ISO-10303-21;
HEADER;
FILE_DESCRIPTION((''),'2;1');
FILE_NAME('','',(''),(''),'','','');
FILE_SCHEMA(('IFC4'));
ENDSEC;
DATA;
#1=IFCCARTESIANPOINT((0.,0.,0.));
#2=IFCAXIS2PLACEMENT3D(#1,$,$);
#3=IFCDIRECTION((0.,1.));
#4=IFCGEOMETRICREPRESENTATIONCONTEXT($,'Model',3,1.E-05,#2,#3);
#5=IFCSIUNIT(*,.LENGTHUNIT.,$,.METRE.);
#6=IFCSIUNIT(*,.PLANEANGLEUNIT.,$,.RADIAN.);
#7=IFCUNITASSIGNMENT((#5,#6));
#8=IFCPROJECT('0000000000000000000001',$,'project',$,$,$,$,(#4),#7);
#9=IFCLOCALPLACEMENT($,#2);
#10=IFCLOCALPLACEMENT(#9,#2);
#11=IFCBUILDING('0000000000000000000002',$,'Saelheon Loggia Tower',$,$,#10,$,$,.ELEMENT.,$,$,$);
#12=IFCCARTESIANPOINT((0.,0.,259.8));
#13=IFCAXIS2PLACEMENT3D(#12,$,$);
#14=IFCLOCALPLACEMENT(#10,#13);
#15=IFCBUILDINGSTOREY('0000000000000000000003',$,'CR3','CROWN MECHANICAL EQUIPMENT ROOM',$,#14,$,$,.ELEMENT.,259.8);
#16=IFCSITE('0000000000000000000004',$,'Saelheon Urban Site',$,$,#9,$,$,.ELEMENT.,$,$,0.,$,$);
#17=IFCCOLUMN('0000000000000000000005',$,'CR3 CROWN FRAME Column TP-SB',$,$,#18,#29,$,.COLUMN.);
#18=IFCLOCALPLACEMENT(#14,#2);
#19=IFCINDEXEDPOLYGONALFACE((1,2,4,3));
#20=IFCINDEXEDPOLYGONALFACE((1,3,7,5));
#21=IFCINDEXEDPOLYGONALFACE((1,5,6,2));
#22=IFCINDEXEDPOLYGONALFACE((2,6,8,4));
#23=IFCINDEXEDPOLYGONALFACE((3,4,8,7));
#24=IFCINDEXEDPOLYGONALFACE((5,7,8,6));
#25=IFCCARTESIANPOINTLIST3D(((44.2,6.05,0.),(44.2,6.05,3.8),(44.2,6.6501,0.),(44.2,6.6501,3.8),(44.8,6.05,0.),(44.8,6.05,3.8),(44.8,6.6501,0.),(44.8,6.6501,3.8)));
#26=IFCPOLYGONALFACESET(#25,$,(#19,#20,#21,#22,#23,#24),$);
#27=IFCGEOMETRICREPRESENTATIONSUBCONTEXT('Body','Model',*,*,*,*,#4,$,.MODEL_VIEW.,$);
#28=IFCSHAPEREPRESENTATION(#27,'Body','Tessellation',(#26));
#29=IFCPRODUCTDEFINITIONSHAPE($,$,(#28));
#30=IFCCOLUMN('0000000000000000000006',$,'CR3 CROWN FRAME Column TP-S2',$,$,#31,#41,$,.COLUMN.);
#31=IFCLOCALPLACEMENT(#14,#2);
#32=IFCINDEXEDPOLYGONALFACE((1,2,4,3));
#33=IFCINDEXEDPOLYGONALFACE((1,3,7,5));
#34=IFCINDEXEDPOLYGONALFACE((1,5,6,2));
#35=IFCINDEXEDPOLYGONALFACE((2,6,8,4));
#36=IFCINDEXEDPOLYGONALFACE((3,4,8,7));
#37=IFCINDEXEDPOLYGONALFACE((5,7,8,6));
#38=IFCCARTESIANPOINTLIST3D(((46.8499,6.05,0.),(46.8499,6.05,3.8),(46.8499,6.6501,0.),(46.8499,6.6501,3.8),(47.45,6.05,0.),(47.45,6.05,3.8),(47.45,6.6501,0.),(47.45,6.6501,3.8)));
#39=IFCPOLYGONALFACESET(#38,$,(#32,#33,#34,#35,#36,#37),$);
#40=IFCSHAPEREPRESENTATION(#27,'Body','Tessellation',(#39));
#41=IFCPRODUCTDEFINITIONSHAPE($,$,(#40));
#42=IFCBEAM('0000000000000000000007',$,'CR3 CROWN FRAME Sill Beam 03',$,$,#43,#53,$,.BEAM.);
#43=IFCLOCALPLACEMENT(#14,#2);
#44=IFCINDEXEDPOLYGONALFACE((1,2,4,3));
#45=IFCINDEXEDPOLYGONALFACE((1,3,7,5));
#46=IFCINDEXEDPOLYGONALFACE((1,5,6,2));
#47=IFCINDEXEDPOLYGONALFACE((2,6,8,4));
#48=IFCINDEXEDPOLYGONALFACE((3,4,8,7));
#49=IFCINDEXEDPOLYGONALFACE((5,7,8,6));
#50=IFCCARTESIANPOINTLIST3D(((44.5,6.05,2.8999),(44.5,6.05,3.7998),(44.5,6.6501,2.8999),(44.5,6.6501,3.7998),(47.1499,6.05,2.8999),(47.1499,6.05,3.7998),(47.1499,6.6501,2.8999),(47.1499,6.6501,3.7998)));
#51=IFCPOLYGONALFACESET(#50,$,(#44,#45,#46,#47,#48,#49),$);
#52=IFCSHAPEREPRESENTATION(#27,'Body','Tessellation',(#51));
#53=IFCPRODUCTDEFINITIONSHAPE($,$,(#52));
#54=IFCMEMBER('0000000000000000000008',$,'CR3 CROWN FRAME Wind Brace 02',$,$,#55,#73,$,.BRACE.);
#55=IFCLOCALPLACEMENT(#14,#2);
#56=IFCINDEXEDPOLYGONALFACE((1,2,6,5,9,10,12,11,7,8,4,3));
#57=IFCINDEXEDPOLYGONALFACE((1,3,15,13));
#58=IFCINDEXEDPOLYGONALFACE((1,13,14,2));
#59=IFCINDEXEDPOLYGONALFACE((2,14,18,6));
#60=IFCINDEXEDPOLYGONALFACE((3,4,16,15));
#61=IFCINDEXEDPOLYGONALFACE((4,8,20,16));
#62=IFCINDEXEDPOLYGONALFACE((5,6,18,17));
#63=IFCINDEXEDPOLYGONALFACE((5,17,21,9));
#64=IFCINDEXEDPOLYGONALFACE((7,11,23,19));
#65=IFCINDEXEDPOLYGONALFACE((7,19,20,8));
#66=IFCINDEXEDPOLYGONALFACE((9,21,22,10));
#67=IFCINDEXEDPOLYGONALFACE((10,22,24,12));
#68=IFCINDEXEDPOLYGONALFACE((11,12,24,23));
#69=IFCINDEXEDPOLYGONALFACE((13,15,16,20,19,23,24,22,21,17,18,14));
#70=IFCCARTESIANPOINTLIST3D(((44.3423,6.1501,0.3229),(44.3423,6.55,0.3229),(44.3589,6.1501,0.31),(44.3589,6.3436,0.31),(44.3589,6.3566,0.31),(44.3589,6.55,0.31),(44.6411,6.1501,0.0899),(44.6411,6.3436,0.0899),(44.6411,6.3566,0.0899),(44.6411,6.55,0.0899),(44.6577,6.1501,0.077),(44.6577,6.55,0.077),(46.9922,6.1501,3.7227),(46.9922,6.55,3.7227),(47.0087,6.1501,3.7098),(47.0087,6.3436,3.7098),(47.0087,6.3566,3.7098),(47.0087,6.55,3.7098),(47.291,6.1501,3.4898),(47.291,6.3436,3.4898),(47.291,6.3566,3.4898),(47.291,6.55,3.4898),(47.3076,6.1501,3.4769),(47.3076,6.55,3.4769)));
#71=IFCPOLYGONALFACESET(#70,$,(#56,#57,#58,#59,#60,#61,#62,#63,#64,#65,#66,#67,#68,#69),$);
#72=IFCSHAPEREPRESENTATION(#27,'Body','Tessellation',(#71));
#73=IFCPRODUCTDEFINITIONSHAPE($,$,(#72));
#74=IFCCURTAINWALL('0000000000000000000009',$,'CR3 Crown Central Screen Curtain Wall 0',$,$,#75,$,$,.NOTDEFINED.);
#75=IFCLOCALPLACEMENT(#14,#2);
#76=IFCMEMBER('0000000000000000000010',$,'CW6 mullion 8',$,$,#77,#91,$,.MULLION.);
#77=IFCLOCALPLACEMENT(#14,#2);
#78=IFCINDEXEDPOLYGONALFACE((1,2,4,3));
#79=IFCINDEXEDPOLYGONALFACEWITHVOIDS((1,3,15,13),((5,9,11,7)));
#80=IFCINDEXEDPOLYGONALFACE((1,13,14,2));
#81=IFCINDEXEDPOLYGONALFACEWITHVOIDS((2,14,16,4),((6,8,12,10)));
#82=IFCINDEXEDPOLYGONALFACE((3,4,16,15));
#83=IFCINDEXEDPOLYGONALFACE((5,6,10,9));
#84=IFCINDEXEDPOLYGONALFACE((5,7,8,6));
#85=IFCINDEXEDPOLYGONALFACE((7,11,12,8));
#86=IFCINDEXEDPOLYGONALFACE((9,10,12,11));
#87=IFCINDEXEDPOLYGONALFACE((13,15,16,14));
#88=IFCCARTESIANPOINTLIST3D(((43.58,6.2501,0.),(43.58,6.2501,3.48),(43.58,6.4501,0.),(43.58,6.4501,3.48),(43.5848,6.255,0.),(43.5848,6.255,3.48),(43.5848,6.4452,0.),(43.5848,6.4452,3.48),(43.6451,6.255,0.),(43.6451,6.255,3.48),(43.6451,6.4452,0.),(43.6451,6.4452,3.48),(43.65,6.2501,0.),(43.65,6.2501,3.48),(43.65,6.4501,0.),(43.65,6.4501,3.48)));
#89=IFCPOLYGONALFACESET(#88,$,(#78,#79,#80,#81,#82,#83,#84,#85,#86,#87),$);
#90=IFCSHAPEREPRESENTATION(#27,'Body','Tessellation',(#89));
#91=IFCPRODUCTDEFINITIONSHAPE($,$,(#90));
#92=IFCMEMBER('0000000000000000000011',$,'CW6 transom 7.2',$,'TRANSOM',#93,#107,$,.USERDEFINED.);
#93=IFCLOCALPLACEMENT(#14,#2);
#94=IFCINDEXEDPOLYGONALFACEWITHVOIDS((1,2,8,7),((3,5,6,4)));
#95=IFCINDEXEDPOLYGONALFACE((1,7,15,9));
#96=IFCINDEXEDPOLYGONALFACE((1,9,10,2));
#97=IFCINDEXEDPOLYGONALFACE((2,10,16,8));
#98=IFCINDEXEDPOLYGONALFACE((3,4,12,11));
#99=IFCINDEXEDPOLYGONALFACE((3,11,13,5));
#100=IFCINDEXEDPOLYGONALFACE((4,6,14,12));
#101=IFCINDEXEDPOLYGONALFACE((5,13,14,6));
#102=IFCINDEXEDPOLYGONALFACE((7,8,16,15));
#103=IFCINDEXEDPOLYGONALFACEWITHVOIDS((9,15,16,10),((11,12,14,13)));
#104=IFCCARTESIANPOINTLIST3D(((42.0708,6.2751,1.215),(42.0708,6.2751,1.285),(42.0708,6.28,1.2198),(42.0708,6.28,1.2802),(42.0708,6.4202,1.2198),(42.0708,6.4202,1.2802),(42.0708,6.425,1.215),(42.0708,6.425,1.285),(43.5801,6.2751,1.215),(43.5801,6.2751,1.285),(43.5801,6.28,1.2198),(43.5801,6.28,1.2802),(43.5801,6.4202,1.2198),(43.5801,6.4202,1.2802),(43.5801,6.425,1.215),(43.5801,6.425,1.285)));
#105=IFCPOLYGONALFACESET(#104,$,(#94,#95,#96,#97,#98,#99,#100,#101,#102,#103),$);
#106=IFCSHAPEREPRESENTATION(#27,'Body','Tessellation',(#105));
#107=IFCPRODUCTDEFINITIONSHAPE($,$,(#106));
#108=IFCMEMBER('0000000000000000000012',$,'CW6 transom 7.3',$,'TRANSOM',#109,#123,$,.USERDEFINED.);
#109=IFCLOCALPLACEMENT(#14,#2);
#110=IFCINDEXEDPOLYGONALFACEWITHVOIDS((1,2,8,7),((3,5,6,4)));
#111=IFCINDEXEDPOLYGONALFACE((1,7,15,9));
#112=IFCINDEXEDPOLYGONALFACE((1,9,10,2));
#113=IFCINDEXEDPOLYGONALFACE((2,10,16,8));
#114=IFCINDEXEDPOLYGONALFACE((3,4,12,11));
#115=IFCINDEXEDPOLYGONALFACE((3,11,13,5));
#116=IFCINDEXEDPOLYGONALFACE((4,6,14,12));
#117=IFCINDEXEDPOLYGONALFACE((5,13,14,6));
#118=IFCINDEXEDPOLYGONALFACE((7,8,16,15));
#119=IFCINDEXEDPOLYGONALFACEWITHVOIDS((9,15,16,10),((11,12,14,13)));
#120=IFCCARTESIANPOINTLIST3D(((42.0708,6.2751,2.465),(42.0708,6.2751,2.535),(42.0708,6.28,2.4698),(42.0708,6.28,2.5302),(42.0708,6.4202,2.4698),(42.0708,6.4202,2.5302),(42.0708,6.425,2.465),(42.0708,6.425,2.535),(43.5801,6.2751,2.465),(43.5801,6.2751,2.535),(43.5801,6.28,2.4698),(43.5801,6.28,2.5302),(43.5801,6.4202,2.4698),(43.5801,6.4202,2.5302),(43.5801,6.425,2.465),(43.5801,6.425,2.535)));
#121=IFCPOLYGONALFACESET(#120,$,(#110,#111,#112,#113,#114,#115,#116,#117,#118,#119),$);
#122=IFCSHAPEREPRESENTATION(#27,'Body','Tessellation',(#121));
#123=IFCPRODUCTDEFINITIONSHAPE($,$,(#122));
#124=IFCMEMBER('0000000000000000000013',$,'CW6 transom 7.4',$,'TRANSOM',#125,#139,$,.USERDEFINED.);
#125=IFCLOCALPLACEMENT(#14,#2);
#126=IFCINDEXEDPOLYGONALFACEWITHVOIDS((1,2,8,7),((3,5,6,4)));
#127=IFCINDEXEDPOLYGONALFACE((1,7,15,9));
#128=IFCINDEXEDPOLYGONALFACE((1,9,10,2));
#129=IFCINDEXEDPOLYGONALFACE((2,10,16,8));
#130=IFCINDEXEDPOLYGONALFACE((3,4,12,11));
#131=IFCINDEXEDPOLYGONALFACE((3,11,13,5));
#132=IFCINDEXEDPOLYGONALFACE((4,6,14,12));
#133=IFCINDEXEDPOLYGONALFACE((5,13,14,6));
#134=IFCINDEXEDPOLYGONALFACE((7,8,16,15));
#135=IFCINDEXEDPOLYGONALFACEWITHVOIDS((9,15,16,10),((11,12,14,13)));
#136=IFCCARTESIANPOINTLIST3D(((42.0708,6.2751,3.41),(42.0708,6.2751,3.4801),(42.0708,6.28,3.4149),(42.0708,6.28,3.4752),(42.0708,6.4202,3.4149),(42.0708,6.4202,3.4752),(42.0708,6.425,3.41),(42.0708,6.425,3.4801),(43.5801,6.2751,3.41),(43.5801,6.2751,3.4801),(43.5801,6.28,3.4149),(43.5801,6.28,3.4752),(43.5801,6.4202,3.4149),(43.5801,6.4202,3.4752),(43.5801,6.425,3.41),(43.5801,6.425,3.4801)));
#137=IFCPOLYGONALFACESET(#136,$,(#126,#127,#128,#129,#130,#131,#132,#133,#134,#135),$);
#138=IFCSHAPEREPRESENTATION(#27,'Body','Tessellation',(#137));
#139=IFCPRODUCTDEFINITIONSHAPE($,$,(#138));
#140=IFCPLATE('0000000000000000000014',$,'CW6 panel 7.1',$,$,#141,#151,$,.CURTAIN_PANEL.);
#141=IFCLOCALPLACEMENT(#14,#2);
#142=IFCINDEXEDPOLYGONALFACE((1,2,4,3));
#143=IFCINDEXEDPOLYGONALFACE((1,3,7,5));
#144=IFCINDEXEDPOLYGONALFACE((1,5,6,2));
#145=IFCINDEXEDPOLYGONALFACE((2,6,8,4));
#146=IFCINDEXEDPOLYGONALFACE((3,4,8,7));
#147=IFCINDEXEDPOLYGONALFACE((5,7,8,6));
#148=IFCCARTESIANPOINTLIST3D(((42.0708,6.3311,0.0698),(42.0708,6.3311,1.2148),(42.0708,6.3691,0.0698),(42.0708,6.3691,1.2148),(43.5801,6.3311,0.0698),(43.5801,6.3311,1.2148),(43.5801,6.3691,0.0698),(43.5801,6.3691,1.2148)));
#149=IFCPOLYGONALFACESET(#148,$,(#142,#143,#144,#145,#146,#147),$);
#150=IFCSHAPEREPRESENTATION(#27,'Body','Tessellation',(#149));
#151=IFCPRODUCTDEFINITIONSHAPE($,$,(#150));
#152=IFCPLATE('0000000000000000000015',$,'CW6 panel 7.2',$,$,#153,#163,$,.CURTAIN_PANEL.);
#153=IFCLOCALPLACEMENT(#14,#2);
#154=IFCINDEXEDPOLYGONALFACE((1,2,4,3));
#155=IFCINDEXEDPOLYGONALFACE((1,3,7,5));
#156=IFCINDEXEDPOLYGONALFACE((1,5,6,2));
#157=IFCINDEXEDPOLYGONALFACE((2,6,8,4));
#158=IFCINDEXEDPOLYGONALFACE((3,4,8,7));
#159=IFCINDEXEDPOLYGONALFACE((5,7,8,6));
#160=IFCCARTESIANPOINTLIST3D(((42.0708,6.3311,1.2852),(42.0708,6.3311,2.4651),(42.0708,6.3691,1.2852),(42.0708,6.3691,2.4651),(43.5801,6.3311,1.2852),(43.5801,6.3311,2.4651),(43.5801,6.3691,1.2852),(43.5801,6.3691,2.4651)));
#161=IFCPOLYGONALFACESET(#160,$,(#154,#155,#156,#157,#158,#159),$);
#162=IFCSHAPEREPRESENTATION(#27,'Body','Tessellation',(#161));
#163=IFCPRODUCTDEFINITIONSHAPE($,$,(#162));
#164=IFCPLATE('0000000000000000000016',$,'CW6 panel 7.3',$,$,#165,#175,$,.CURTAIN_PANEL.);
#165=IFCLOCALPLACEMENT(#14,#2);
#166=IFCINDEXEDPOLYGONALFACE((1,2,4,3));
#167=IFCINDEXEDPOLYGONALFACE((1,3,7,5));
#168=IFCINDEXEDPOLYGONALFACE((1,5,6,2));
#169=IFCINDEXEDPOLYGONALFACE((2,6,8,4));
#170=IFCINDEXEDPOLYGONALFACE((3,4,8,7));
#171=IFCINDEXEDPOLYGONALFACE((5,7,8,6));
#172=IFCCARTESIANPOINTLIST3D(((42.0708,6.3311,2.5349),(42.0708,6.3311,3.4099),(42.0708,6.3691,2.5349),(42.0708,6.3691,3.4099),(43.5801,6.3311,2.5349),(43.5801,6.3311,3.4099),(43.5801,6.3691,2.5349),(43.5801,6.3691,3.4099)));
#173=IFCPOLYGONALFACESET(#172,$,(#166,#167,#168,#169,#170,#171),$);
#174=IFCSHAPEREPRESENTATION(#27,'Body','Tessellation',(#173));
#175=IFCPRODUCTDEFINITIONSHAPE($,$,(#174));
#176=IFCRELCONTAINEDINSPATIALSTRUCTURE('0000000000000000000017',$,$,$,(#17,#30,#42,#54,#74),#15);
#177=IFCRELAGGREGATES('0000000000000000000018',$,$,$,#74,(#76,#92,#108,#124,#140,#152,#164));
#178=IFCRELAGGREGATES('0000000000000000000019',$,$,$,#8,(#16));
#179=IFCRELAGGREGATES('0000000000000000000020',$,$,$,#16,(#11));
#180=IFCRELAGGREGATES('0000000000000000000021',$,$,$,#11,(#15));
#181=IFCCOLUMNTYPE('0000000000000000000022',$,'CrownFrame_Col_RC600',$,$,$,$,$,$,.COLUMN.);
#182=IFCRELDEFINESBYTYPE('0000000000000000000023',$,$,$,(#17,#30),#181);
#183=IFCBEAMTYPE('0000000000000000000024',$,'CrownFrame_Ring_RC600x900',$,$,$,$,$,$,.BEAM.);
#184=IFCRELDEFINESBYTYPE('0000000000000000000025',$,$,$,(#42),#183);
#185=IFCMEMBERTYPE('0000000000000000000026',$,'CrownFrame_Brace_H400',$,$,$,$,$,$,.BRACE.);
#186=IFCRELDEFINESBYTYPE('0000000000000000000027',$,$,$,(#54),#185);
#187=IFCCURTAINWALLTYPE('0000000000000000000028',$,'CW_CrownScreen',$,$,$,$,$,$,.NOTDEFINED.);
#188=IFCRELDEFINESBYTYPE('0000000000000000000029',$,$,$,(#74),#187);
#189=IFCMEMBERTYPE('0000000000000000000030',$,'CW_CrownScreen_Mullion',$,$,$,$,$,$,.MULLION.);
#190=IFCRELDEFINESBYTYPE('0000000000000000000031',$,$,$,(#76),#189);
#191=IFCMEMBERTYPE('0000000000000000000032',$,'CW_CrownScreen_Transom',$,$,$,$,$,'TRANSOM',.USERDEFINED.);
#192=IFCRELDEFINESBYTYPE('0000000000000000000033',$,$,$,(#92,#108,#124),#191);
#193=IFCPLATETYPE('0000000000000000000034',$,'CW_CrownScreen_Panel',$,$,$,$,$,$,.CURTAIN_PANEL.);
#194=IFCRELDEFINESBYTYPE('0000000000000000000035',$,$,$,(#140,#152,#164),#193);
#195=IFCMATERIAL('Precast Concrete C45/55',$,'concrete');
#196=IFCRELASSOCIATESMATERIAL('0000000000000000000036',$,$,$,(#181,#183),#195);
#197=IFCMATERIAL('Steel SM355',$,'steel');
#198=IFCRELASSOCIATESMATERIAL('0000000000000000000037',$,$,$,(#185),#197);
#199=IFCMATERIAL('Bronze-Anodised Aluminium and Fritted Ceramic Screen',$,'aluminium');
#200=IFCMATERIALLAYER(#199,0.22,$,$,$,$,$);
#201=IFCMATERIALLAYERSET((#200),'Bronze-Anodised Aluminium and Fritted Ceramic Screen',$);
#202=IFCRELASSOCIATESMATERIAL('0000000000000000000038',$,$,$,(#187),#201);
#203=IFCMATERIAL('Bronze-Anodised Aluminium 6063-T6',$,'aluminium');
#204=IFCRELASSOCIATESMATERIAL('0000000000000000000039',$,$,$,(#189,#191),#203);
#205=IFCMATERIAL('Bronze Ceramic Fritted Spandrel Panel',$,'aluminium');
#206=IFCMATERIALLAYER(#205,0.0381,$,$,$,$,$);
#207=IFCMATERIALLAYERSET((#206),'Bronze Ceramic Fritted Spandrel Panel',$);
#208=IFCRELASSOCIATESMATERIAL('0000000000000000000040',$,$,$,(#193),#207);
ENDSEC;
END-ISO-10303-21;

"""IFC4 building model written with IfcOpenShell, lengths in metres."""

from ifc_helpers import new_model, si_unit, direction, frame, origin, origin_2d, place, context, subcontext, project, spatial, rectangle, hollow_rectangle, i_section, extrude, source, transform, mapped, material, layer, layer_set, material_profile, profile_set, type_object, element, aggregate, save


model = new_model("IFC4")

# Units and contexts
model_context = context("Model", 3, precision=1e-05, world=origin(), true_north=direction((0.0, 1.0)))
body_context = subcontext(model_context, "Body", "Model", "MODEL_VIEW")
ifc_project = project(units=[si_unit("LENGTHUNIT", "METRE"), si_unit("PLANEANGLEUNIT", "RADIAN")], contexts=[model_context])

# Site, building, storey
site_placement = place(None, origin())
site = spatial("IfcSite", under=ifc_project, at=site_placement, Name="Saelheon Urban Site", CompositionType="ELEMENT", RefElevation=0.0)
building_placement = place(site_placement, origin())
building = spatial("IfcBuilding", under=site, at=building_placement, Name="Saelheon Loggia Tower", CompositionType="ELEMENT")
storey_placement = place(building_placement, frame((0.0, 0.0, 259.8)))
storey = spatial("IfcBuildingStorey", under=building, at=storey_placement, Name="CR3", Description="CROWN MECHANICAL EQUIPMENT ROOM", CompositionType="ELEMENT", Elevation=259.8)

# Columns
ifc_material_1 = material(Name="Precast Concrete C45/55", Category="concrete")
ifc_material_profile_1 = material_profile(ifc_material_1, rectangle(XDim=0.6001, YDim=0.6001, at=origin_2d()), Name="RC-600x600")
ifc_profile_set_1 = profile_set([ifc_material_profile_1], Name="Precast Concrete C45/55")
column_type = type_object("IfcColumnType", Name="CrownFrame_Col_RC600", PredefinedType="COLUMN", material=ifc_profile_set_1)
shared_shape_1 = source(origin(), body_context, "Body", "SweptSolid", [
    extrude(rectangle(XDim=0.6001, YDim=0.6001, at=origin_2d()), origin(), (0.0, 0.0, 1.0), 3.8),
])
for number, where, z_axis, x_axis, name in (
    (1, (44.5, 6.3501, 0.0), (0.0, 0.0, 1.0), (1.0, 0.0, 0.0), "CR3 CROWN FRAME Column TP-SB"),
    (2, (47.1499, 6.3501, 0.0), (0.0, 0.0, 1.0), (1.0, 0.0, 0.0), "CR3 CROWN FRAME Column TP-S2"),
):
    element("IfcColumn", number, at=place(storey_placement, frame(where, z_axis=z_axis, x_axis=x_axis)), inside=storey, type_object=column_type, Name=name, PredefinedType="COLUMN", context=body_context, shape_type="MappedRepresentation", body=[
        mapped(shared_shape_1, transform((0.0, 0.0, 0.0), scale=1.0)),
    ])

# Beam
ifc_material_profile_2 = material_profile(ifc_material_1, rectangle(XDim=0.6001, YDim=0.8999, at=origin_2d()), Name="RC-600x900")
ifc_profile_set_2 = profile_set([ifc_material_profile_2], Name="Precast Concrete C45/55")
beam_type = type_object("IfcBeamType", Name="CrownFrame_Ring_RC600x900", PredefinedType="BEAM", material=ifc_profile_set_2)
shared_shape_2 = source(origin(), body_context, "Body", "SweptSolid", [
    extrude(rectangle(XDim=0.6001, YDim=0.8999, at=origin_2d()), origin(), (0.0, 0.0, 1.0), 2.6499),
])
beam_placement = place(storey_placement, frame((44.5, 6.3501, 3.3499), z_axis=(1.0, 0.0, 0.0), x_axis=(0.0, 1.0, 0.0)))
element("IfcBeam", 3, at=beam_placement, inside=storey, type_object=beam_type, Name="CR3 CROWN FRAME Sill Beam 03", PredefinedType="BEAM", context=body_context, shape_type="MappedRepresentation", body=[
    mapped(shared_shape_2, transform((0.0, 0.0, 0.0), scale=1.0)),
])

# Member
ifc_material_2 = material(Name="Steel SM355", Category="steel")
ifc_material_profile_3 = material_profile(ifc_material_2, i_section(OverallWidth=0.3999, OverallDepth=0.3999, WebThickness=0.0129, FlangeThickness=0.021, at=origin_2d()), Name="H-400x400x13x21")
ifc_profile_set_3 = profile_set([ifc_material_profile_3], Name="Steel SM355")
member_type_1 = type_object("IfcMemberType", Name="CrownFrame_Brace_H400", PredefinedType="BRACE", material=ifc_profile_set_3)
shared_shape_3 = source(origin(), body_context, "Body", "SweptSolid", [
    extrude(i_section(OverallWidth=0.3999, OverallDepth=0.3999, WebThickness=0.0129, FlangeThickness=0.021, at=origin_2d()), origin(), (0.0, 0.0, 1.0), 4.3105),
])
member_1_placement = place(storey_placement, frame((44.5, 6.3501, 0.2), z_axis=(0.61474, 0.0, 0.78873), x_axis=(0.0, 1.0, 0.0)))
element("IfcMember", 4, at=member_1_placement, inside=storey, type_object=member_type_1, Name="CR3 CROWN FRAME Wind Brace 02", PredefinedType="BRACE", context=body_context, shape_type="MappedRepresentation", body=[
    mapped(shared_shape_3, transform((0.0, 0.0, 0.0), scale=1.0)),
])

# Curtain wall, members, plates
ifc_material_3 = material(Name="Bronze-Anodised Aluminium and Fritted Ceramic Screen", Category="aluminium")
ifc_layer_1 = layer(ifc_material_3, 0.22)
ifc_layer_set_1 = layer_set([ifc_layer_1], Name="Bronze-Anodised Aluminium and Fritted Ceramic Screen")
curtain_wall_type = type_object("IfcCurtainWallType", Name="CW_CrownScreen", PredefinedType="NOTDEFINED", material=ifc_layer_set_1)
curtain_wall_placement = place(storey_placement, origin())
curtain_wall = element("IfcCurtainWall", 5, at=curtain_wall_placement, inside=storey, type_object=curtain_wall_type, Name="CR3 Crown Central Screen Curtain Wall 0", PredefinedType="NOTDEFINED")
ifc_material_4 = material(Name="Bronze-Anodised Aluminium 6063-T6", Category="aluminium")
ifc_material_profile_4 = material_profile(ifc_material_4, hollow_rectangle(XDim=0.0701, YDim=0.2, WallThickness=0.0049, at=origin_2d()), Name="RHS-200x70x5")
ifc_profile_set_4 = profile_set([ifc_material_profile_4], Name="Bronze-Anodised Aluminium 6063-T6")
member_type_2 = type_object("IfcMemberType", Name="CW_CrownScreen_Mullion", PredefinedType="MULLION", material=ifc_profile_set_4)
shared_shape_4 = source(origin(), body_context, "Body", "SweptSolid", [
    extrude(hollow_rectangle(XDim=0.0701, YDim=0.2, WallThickness=0.0049, at=origin_2d()), origin(), (0.0, 0.0, 1.0), 3.48),
])
member_2_placement = place(storey_placement, frame((43.615, 6.3501, 0.0), z_axis=(0.0, 0.0, 1.0), x_axis=(1.0, 0.0, 0.0)))
member_2 = element("IfcMember", 6, at=member_2_placement, type_object=member_type_2, Name="CW6 mullion 8", PredefinedType="MULLION", context=body_context, shape_type="MappedRepresentation", body=[
    mapped(shared_shape_4, transform((0.0, 0.0, 0.0), scale=1.0)),
])
ifc_material_profile_5 = material_profile(ifc_material_4, hollow_rectangle(XDim=0.0701, YDim=0.1499, WallThickness=0.0049, at=origin_2d()), Name="RHS-150x70x5")
ifc_profile_set_5 = profile_set([ifc_material_profile_5], Name="Bronze-Anodised Aluminium 6063-T6")
member_type_3 = type_object("IfcMemberType", Name="CW_CrownScreen_Transom", ElementType="TRANSOM", PredefinedType="USERDEFINED", material=ifc_profile_set_5)
shared_shape_5 = source(origin(), body_context, "Body", "SweptSolid", [
    extrude(hollow_rectangle(XDim=0.0701, YDim=0.1499, WallThickness=0.0049, at=origin_2d()), origin(), (0.0, 0.0, 1.0), 1.5093),
])
member_3_placement = place(storey_placement, frame((42.0708, 6.3501, 1.25), z_axis=(1.0, 0.0, 0.0), x_axis=(0.0, 0.0, 1.0)))
member_3 = element("IfcMember", 7, at=member_3_placement, type_object=member_type_3, Name="CW6 transom 7.2", ObjectType="TRANSOM", PredefinedType="USERDEFINED", context=body_context, shape_type="MappedRepresentation", body=[
    mapped(shared_shape_5, transform((0.0, 0.0, 0.0), scale=1.0)),
])
member_4_placement = place(storey_placement, frame((42.0708, 6.3501, 2.5), z_axis=(1.0, 0.0, 0.0), x_axis=(0.0, 0.0, 1.0)))
member_4 = element("IfcMember", 8, at=member_4_placement, type_object=member_type_3, Name="CW6 transom 7.3", ObjectType="TRANSOM", PredefinedType="USERDEFINED", context=body_context, shape_type="MappedRepresentation", body=[
    mapped(shared_shape_5, transform((0.0, 0.0, 0.0), scale=1.0)),
])
member_5_placement = place(storey_placement, frame((42.0708, 6.3501, 3.4451), z_axis=(1.0, 0.0, 0.0), x_axis=(0.0, 0.0, 1.0)))
member_5 = element("IfcMember", 9, at=member_5_placement, type_object=member_type_3, Name="CW6 transom 7.4", ObjectType="TRANSOM", PredefinedType="USERDEFINED", context=body_context, shape_type="MappedRepresentation", body=[
    mapped(shared_shape_5, transform((0.0, 0.0, 0.0), scale=1.0)),
])
ifc_material_5 = material(Name="Bronze Ceramic Fritted Spandrel Panel", Category="aluminium")
ifc_layer_2 = layer(ifc_material_5, 0.0381)
ifc_layer_set_2 = layer_set([ifc_layer_2], Name="Bronze Ceramic Fritted Spandrel Panel")
plate_type = type_object("IfcPlateType", Name="CW_CrownScreen_Panel", PredefinedType="CURTAIN_PANEL", material=ifc_layer_set_2)
shared_shape_6 = source(origin(), body_context, "Body", "SweptSolid", [
    extrude(rectangle(XDim=1.5093, YDim=0.0381, at=origin_2d()), origin(), (0.0, 0.0, 1.0), 1.145),
])
plate_1_placement = place(storey_placement, frame((42.8254, 6.3501, 0.0698), z_axis=(0.0, 0.0, 1.0), x_axis=(1.0, 0.0, 0.0)))
plate_1 = element("IfcPlate", 10, at=plate_1_placement, type_object=plate_type, Name="CW6 panel 7.1", PredefinedType="CURTAIN_PANEL", context=body_context, shape_type="MappedRepresentation", body=[
    mapped(shared_shape_6, transform((0.0, 0.0, 0.0), scale=1.0)),
])
shared_shape_7 = source(origin(), body_context, "Body", "SweptSolid", [
    extrude(rectangle(XDim=1.5093, YDim=0.0381, at=origin_2d()), origin(), (0.0, 0.0, 1.0), 1.1799),
])
plate_2_placement = place(storey_placement, frame((42.8254, 6.3501, 1.2852), z_axis=(0.0, 0.0, 1.0), x_axis=(1.0, 0.0, 0.0)))
plate_2 = element("IfcPlate", 11, at=plate_2_placement, type_object=plate_type, Name="CW6 panel 7.2", PredefinedType="CURTAIN_PANEL", context=body_context, shape_type="MappedRepresentation", body=[
    mapped(shared_shape_7, transform((0.0, 0.0, 0.0), scale=1.0)),
])
shared_shape_8 = source(origin(), body_context, "Body", "SweptSolid", [
    extrude(rectangle(XDim=1.5093, YDim=0.0381, at=origin_2d()), origin(), (0.0, 0.0, 1.0), 0.875),
])
plate_3_placement = place(storey_placement, frame((42.8254, 6.3501, 2.5349), z_axis=(0.0, 0.0, 1.0), x_axis=(1.0, 0.0, 0.0)))
plate_3 = element("IfcPlate", 12, at=plate_3_placement, type_object=plate_type, Name="CW6 panel 7.3", PredefinedType="CURTAIN_PANEL", context=body_context, shape_type="MappedRepresentation", body=[
    mapped(shared_shape_8, transform((0.0, 0.0, 0.0), scale=1.0)),
])
aggregate(curtain_wall, [member_2, member_3, member_4, member_5, plate_1, plate_2, plate_3])

save(model, "model.ifc")
